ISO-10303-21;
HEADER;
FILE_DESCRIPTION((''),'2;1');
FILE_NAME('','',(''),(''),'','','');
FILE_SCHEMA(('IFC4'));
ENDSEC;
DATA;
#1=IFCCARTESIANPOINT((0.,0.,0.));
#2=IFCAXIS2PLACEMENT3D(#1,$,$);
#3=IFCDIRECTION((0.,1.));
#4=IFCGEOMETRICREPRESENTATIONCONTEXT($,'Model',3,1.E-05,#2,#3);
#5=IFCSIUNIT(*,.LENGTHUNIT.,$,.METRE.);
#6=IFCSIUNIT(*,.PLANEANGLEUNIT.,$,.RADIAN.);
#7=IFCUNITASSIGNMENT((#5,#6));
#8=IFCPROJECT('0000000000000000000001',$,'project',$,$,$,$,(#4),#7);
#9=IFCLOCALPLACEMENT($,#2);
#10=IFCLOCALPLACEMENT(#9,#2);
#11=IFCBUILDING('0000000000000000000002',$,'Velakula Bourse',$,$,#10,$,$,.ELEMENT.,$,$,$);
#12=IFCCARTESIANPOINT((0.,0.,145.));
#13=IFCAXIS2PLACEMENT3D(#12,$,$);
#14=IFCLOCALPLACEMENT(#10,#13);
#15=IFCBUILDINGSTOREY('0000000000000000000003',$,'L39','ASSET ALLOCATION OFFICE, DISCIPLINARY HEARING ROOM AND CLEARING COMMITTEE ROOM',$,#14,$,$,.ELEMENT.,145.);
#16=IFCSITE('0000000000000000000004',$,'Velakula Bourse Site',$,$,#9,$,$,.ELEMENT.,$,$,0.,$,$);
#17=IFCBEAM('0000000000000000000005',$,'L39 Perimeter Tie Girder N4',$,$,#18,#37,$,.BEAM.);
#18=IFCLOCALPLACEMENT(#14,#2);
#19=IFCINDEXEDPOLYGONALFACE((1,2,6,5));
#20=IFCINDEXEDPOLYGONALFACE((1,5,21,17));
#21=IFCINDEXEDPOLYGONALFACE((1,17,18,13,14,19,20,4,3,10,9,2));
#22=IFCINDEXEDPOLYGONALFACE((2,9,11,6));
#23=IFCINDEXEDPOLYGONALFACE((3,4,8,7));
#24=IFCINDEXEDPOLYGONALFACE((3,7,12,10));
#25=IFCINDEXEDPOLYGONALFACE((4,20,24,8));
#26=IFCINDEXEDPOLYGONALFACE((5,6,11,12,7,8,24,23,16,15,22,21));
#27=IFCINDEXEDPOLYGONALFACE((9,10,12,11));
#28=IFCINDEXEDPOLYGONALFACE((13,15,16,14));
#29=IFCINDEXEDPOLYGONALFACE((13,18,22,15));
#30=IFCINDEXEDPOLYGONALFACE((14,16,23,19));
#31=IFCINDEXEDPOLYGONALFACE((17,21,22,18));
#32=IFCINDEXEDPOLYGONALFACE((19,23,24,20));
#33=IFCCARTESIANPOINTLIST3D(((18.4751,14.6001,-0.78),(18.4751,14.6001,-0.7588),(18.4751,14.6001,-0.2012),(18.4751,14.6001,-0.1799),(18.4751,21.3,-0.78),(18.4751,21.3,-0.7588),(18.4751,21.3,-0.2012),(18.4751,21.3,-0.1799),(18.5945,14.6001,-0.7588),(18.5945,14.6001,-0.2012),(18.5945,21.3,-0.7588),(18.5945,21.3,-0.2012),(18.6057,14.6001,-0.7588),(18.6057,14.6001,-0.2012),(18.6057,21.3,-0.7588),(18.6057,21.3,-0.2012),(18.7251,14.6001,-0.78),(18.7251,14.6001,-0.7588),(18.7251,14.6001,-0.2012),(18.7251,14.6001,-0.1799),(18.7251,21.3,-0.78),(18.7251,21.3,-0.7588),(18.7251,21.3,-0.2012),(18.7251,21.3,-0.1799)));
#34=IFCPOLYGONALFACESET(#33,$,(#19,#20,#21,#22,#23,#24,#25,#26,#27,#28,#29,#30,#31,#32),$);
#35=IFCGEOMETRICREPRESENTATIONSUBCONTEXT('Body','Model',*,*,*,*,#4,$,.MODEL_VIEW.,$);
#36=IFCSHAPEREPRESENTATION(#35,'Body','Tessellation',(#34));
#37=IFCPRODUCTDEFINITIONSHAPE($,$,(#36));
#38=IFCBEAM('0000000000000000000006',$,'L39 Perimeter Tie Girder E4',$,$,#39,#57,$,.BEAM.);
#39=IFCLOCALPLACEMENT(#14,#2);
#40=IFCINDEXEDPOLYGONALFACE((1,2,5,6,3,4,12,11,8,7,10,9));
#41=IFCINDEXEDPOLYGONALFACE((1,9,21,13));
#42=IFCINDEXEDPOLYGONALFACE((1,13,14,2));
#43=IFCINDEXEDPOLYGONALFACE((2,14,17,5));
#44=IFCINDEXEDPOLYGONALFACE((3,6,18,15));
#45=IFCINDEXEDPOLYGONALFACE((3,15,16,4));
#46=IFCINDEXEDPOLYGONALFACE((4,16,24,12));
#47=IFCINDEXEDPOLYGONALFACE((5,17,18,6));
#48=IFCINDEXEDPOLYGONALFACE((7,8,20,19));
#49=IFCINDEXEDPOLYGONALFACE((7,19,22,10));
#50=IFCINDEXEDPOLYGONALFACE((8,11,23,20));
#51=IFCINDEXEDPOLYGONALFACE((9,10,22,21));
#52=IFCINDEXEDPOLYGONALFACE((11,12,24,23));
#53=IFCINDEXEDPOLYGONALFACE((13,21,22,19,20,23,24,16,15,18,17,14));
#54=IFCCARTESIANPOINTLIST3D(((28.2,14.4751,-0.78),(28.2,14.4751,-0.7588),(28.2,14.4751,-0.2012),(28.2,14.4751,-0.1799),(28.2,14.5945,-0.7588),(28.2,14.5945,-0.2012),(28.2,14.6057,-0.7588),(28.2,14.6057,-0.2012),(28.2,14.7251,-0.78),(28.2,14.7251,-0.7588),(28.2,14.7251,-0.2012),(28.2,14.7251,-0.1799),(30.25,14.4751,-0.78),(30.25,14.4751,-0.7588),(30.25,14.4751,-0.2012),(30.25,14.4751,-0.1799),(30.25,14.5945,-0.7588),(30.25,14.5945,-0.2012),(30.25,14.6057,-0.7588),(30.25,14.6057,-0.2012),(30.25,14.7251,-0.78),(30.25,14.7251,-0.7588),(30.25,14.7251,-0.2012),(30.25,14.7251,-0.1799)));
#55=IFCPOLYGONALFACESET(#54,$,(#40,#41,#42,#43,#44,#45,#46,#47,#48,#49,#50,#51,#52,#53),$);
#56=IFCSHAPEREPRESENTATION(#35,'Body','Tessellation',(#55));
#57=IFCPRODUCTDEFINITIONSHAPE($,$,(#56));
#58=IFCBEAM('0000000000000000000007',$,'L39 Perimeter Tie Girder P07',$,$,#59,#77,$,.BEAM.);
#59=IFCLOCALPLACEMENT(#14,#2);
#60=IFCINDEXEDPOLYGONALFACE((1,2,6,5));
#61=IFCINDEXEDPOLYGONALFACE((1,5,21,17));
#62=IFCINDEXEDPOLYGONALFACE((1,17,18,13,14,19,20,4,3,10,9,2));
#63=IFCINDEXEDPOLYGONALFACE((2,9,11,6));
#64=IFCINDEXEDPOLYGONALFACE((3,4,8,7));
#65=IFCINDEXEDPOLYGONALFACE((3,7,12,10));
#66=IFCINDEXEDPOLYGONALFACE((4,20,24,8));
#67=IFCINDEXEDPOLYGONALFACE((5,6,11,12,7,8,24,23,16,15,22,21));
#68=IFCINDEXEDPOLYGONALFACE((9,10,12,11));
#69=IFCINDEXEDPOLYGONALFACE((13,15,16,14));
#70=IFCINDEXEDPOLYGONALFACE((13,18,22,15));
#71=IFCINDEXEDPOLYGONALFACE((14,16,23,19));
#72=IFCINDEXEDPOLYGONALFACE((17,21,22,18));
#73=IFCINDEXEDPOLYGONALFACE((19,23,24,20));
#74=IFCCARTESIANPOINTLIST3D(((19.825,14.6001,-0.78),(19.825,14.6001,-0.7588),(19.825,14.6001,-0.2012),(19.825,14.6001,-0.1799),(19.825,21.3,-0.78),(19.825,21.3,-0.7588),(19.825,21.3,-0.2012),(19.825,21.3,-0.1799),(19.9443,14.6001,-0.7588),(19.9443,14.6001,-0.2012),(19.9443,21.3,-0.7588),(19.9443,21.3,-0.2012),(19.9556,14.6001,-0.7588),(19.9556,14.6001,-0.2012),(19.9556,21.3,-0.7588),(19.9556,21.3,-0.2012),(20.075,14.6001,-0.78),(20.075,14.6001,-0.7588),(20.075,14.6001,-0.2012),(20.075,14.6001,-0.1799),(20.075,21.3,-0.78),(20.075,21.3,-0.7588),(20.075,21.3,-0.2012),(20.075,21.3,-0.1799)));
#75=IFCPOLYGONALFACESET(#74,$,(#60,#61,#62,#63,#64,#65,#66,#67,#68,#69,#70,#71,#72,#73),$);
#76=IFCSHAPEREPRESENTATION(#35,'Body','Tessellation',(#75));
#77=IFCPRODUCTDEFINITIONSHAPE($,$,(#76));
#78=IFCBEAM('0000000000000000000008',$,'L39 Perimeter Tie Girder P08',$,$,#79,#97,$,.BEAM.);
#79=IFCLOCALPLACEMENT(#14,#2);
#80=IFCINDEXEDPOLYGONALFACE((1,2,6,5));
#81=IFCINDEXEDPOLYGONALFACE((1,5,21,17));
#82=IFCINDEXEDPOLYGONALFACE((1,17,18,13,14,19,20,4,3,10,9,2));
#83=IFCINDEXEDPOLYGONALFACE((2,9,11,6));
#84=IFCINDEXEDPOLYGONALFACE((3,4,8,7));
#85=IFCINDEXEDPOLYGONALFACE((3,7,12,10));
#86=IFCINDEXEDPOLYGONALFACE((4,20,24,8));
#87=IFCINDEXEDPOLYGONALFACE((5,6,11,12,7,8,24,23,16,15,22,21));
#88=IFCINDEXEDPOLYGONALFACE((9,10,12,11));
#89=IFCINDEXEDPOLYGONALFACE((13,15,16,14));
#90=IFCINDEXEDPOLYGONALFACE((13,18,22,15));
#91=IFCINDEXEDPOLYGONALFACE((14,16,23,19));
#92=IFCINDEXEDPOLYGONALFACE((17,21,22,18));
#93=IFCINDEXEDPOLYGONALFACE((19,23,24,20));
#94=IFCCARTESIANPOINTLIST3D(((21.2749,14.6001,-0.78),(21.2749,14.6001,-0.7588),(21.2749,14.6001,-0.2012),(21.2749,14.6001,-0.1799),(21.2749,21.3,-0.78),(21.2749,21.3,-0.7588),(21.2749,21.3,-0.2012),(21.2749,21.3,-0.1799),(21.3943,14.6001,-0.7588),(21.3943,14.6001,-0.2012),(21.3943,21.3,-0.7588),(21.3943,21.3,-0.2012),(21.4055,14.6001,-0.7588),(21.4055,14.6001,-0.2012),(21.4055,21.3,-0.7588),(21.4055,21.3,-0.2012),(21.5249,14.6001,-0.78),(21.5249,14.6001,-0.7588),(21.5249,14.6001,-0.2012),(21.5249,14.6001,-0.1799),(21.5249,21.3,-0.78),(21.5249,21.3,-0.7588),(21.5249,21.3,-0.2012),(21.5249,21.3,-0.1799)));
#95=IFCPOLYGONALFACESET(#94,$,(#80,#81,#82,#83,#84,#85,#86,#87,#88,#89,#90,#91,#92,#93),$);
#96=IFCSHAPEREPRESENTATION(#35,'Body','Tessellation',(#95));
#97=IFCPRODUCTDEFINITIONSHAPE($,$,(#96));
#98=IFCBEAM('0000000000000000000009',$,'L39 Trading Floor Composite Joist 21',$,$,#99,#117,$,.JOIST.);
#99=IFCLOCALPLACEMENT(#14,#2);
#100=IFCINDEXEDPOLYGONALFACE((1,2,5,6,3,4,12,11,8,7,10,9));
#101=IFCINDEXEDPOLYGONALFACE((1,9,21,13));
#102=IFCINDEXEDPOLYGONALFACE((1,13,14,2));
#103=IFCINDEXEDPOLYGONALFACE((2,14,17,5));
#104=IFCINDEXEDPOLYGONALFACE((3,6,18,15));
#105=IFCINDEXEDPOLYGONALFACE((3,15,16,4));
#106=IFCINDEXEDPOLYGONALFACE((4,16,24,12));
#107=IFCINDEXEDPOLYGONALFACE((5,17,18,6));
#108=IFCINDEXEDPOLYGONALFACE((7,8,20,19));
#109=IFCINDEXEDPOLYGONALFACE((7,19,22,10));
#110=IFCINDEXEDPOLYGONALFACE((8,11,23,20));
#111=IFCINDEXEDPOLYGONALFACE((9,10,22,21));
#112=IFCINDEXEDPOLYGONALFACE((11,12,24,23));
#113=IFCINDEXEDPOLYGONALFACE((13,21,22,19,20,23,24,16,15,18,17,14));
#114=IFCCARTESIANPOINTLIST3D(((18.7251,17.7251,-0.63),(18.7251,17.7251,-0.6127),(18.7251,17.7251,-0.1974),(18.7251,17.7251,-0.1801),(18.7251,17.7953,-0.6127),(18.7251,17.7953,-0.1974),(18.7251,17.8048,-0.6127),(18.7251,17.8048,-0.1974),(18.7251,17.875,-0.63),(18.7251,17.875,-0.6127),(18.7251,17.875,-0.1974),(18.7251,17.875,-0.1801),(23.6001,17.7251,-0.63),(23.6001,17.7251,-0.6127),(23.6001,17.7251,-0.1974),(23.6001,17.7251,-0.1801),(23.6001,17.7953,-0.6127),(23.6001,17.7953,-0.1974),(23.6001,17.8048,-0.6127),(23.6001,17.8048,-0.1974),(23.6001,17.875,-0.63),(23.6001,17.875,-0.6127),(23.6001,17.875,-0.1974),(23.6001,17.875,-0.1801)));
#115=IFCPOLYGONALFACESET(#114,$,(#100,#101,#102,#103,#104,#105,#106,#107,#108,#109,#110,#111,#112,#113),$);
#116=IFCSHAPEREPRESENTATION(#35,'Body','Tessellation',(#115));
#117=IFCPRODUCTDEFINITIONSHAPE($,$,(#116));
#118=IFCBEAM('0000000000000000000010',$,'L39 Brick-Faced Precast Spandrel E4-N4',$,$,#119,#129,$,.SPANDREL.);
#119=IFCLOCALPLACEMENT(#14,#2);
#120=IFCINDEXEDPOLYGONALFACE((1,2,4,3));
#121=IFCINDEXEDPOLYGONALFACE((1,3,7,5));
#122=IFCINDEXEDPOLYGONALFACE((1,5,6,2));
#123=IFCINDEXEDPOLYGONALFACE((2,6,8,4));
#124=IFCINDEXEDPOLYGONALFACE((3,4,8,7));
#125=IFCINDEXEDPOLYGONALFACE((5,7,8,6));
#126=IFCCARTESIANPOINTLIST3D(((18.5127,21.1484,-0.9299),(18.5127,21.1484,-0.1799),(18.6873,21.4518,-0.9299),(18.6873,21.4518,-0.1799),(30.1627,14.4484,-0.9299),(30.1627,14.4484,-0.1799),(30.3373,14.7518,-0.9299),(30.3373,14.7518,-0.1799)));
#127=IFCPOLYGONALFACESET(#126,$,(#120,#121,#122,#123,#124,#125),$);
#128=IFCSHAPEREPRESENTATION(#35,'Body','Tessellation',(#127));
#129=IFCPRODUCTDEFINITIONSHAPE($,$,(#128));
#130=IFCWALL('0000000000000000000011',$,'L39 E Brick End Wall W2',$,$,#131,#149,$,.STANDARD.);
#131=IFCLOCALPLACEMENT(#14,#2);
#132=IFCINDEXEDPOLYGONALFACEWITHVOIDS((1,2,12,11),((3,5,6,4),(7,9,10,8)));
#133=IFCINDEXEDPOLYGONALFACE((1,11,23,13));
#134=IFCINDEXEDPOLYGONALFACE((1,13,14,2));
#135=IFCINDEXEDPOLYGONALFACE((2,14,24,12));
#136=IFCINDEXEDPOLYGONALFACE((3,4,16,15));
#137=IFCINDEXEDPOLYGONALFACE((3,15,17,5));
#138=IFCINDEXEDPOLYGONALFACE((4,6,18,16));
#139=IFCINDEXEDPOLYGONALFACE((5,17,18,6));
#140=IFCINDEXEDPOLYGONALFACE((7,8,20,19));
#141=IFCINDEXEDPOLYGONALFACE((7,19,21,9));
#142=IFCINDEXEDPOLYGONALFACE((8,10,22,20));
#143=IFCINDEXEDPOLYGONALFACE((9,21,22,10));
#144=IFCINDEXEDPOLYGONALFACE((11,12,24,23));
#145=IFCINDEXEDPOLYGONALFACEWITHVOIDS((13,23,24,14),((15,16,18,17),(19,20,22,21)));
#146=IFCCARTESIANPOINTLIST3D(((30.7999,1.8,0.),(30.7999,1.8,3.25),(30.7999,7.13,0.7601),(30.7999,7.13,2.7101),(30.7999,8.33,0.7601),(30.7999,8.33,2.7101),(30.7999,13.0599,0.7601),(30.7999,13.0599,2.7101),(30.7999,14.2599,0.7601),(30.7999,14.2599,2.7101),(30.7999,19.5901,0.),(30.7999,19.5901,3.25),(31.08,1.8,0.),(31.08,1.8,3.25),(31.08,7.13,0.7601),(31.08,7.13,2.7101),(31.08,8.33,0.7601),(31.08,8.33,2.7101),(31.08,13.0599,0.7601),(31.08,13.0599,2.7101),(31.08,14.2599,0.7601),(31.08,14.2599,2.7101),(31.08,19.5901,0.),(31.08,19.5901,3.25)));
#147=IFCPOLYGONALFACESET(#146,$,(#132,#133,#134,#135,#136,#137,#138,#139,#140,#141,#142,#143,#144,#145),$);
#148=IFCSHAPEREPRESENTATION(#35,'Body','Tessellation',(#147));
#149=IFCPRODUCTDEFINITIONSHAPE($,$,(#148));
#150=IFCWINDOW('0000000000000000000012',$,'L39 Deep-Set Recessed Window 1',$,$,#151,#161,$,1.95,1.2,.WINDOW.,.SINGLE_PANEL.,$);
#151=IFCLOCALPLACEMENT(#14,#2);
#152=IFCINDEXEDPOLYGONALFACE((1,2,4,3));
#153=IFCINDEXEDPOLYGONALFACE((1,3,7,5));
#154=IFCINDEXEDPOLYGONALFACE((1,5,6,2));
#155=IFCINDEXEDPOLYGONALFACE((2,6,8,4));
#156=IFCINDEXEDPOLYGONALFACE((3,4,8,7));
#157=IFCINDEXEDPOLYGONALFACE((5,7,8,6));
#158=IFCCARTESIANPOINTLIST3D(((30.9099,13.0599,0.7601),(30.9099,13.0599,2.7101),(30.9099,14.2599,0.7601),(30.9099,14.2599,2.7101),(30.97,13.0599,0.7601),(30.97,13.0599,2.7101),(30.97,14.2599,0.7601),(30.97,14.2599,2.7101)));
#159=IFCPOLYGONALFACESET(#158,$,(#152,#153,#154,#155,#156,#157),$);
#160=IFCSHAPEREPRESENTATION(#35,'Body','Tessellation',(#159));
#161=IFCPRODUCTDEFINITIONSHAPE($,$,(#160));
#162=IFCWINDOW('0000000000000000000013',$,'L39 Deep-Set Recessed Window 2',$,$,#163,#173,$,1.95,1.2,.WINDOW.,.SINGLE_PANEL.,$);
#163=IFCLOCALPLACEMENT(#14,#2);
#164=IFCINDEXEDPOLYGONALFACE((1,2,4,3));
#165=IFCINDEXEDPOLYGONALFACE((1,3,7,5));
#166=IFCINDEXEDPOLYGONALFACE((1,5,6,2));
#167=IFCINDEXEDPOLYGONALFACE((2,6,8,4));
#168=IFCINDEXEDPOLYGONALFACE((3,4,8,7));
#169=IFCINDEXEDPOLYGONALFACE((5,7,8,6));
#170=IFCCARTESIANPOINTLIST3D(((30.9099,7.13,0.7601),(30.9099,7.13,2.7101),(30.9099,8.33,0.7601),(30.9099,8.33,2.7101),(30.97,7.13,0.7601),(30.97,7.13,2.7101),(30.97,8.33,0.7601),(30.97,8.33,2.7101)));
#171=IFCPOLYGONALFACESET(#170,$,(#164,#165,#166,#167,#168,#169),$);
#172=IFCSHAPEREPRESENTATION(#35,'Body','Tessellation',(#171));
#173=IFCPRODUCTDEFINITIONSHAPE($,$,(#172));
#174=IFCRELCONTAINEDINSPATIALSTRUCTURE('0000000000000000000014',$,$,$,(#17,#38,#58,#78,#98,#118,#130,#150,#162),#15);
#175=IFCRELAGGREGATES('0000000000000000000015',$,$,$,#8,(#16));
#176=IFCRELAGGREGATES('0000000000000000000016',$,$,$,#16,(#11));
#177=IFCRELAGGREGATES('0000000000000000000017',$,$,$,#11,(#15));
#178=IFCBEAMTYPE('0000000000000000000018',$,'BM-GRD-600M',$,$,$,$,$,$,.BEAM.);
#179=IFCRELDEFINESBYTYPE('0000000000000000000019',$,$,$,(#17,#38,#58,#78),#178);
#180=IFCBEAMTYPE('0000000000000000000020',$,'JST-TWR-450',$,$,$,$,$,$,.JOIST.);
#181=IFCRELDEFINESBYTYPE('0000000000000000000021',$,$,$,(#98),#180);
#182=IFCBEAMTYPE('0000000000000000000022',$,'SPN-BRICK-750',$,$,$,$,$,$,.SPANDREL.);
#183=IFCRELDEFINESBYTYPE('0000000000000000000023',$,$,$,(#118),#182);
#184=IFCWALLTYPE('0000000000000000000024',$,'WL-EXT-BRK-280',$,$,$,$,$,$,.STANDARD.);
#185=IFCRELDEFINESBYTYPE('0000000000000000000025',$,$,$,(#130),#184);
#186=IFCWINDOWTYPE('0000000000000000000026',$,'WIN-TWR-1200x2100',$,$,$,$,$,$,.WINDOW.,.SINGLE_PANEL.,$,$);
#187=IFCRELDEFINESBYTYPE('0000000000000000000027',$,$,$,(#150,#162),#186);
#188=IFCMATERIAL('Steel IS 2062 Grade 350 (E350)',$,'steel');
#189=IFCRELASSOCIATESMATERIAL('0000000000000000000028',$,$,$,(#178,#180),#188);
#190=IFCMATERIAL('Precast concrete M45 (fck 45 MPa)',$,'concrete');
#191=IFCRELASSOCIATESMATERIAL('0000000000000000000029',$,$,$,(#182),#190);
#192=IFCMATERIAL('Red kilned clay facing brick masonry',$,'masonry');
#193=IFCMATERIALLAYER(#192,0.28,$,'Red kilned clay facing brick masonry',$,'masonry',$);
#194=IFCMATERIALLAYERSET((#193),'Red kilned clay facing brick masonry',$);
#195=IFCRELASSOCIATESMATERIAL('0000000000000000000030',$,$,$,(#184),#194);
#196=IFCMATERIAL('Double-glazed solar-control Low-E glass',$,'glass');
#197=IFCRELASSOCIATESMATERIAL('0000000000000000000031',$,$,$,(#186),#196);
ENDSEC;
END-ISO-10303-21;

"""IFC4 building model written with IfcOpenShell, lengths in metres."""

from ifc_helpers import new_model, si_unit, direction, frame, frame_2d, origin, origin_2d, place, context, subcontext, project, spatial, rectangle, i_section, extrude, material, layer, layer_set, material_profile, profile_set, type_object, element, fill, save


model = new_model("IFC4")

# Units and contexts
model_context = context("Model", 3, precision=1e-05, world=origin(), true_north=direction((0.0, 1.0)))
body_context = subcontext(model_context, "Body", "Model", "MODEL_VIEW")
ifc_project = project(units=[si_unit("LENGTHUNIT", "METRE"), si_unit("PLANEANGLEUNIT", "RADIAN")], contexts=[model_context])

# Site, building, storey
site_placement = place(None, origin())
site = spatial("IfcSite", under=ifc_project, at=site_placement, Name="Velakula Bourse Site", CompositionType="ELEMENT", RefElevation=0.0)
building_placement = place(site_placement, origin())
building = spatial("IfcBuilding", under=site, at=building_placement, Name="Velakula Bourse", CompositionType="ELEMENT")
storey_placement = place(building_placement, frame((0.0, 0.0, 145.0)))
storey = spatial("IfcBuildingStorey", under=building, at=storey_placement, Name="L39", Description="ASSET ALLOCATION OFFICE, DISCIPLINARY HEARING ROOM AND CLEARING COMMITTEE ROOM", CompositionType="ELEMENT", Elevation=145.0)

# Shared definitions
ifc_material_1 = material(Name="Steel IS 2062 Grade 350 (E350)", Category="steel")
ifc_material_2 = material(Name="Precast concrete M45 (fck 45 MPa)", Category="concrete")

# Beams
ifc_material_profile_1 = material_profile(ifc_material_1, i_section(OverallWidth=0.25, OverallDepth=0.6001, WebThickness=0.0112, FlangeThickness=0.0212, at=origin_2d()), Name="Steel IS 2062 Grade 350 (E350)")
ifc_profile_set_1 = profile_set([ifc_material_profile_1], Name="Steel IS 2062 Grade 350 (E350)")
beam_type_1 = type_object("IfcBeamType", Name="BM-GRD-600M", PredefinedType="BEAM", material=ifc_profile_set_1)
beam_1_placement = place(storey_placement, frame((18.6001, 14.6001, -0.48), z_axis=(0.0, 1.0, 0.0), x_axis=(-1.0, 0.0, 0.0)))
element("IfcBeam", 1, at=beam_1_placement, inside=storey, type_object=beam_type_1, Name="L39 Perimeter Tie Girder N4", PredefinedType="BEAM", context=body_context, shape_type="SweptSolid", body=[
    extrude(i_section(OverallWidth=0.25, OverallDepth=0.6001, WebThickness=0.0112, FlangeThickness=0.0212, at=origin_2d()), origin(), (0.0, 0.0, 1.0), 6.7),
])
beam_2_placement = place(storey_placement, frame((28.2, 14.6001, -0.48), z_axis=(1.0, 0.0, 0.0), x_axis=(0.0, 1.0, 0.0)))
element("IfcBeam", 2, at=beam_2_placement, inside=storey, type_object=beam_type_1, Name="L39 Perimeter Tie Girder E4", PredefinedType="BEAM", context=body_context, shape_type="SweptSolid", body=[
    extrude(i_section(OverallWidth=0.25, OverallDepth=0.6001, WebThickness=0.0112, FlangeThickness=0.0212, at=origin_2d()), origin(), (0.0, 0.0, 1.0), 2.05),
])
for number, where, z_axis, x_axis, name in (
    (3, (19.95, 14.6001, -0.48), (0.0, 1.0, 0.0), (-1.0, 0.0, 0.0), "L39 Perimeter Tie Girder P07"),
    (4, (21.3999, 14.6001, -0.48), (0.0, 1.0, 0.0), (-1.0, 0.0, 0.0), "L39 Perimeter Tie Girder P08"),
):
    element("IfcBeam", number, at=place(storey_placement, frame(where, z_axis=z_axis, x_axis=x_axis)), inside=storey, type_object=beam_type_1, Name=name, PredefinedType="BEAM", context=body_context, shape_type="SweptSolid", body=[
        extrude(i_section(OverallWidth=0.25, OverallDepth=0.6001, WebThickness=0.0112, FlangeThickness=0.0212, at=origin_2d()), origin(), (0.0, 0.0, 1.0), 6.7),
    ])
ifc_material_profile_2 = material_profile(ifc_material_1, i_section(OverallWidth=0.1499, OverallDepth=0.45, WebThickness=0.0095, FlangeThickness=0.0173, at=origin_2d()), Name="Steel IS 2062 Grade 350 (E350)")
ifc_profile_set_2 = profile_set([ifc_material_profile_2], Name="Steel IS 2062 Grade 350 (E350)")
beam_type_2 = type_object("IfcBeamType", Name="JST-TWR-450", PredefinedType="JOIST", material=ifc_profile_set_2)
beam_3_placement = place(storey_placement, frame((18.7251, 17.8, -0.405), z_axis=(1.0, 0.0, 0.0), x_axis=(0.0, 1.0, 0.0)))
element("IfcBeam", 5, at=beam_3_placement, inside=storey, type_object=beam_type_2, Name="L39 Trading Floor Composite Joist 21", PredefinedType="JOIST", context=body_context, shape_type="SweptSolid", body=[
    extrude(i_section(OverallWidth=0.1499, OverallDepth=0.45, WebThickness=0.0095, FlangeThickness=0.0173, at=origin_2d()), origin(), (0.0, 0.0, 1.0), 4.875),
])
ifc_material_profile_3 = material_profile(ifc_material_2, rectangle(XDim=0.3501, YDim=0.75, at=origin_2d()), Name="Precast concrete M45 (fck 45 MPa)")
ifc_profile_set_3 = profile_set([ifc_material_profile_3], Name="Precast concrete M45 (fck 45 MPa)")
beam_type_3 = type_object("IfcBeamType", Name="SPN-BRICK-750", PredefinedType="SPANDREL", material=ifc_profile_set_3)
beam_4_placement = place(storey_placement, frame((30.25, 14.6001, -0.5549), z_axis=(-0.866866, 0.498541, 0.0), x_axis=(-0.498541, -0.866866, 0.0)))
element("IfcBeam", 6, at=beam_4_placement, inside=storey, type_object=beam_type_3, Name="L39 Brick-Faced Precast Spandrel E4-N4", PredefinedType="SPANDREL", context=body_context, shape_type="SweptSolid", body=[
    extrude(rectangle(XDim=0.3501, YDim=0.75, at=origin_2d()), origin(), (0.0, 0.0, 1.0), 13.4392),
])

# Wall, openings, windows
ifc_material_3 = material(Name="Red kilned clay facing brick masonry", Category="masonry")
ifc_layer = layer(ifc_material_3, 0.28, Name="Red kilned clay facing brick masonry", Category="masonry")
ifc_layer_set = layer_set([ifc_layer], Name="Red kilned clay facing brick masonry")
wall_type = type_object("IfcWallType", Name="WL-EXT-BRK-280", PredefinedType="STANDARD", material=ifc_layer_set)
wall_placement = place(storey_placement, frame((30.9399, 19.5901, 0.0), z_axis=(0.0, 0.0, 1.0), x_axis=(0.0, -1.0, 0.0)))
wall = element("IfcWall", 7, at=wall_placement, inside=storey, type_object=wall_type, Name="L39 E Brick End Wall W2", PredefinedType="STANDARD", context=body_context, shape_type="SweptSolid", body=[
    extrude(rectangle(XDim=17.79, YDim=0.28, at=frame_2d((8.895, 0.0))), origin(), (0.0, 0.0, 1.0), 3.25),
])
opening_1_placement = place(wall_placement, frame((5.3301, 0.0, 0.76)))
opening_1 = element("IfcOpeningElement", 8, at=opening_1_placement, cuts=wall, PredefinedType="OPENING", context=body_context, shape_type="SweptSolid", body=[
    extrude(rectangle(XDim=1.2, YDim=1.95, at=frame_2d((0.6001, 0.9751))), frame((0.0, 0.1499, 0.0), z_axis=(0.0, -1.0, 0.0), x_axis=(1.0, 0.0, 0.0)), (0.0, 0.0, 1.0), 0.3),
])
opening_2_placement = place(wall_placement, frame((11.26, 0.0, 0.76)))
opening_2 = element("IfcOpeningElement", 9, at=opening_2_placement, cuts=wall, PredefinedType="OPENING", context=body_context, shape_type="SweptSolid", body=[
    extrude(rectangle(XDim=1.2, YDim=1.95, at=frame_2d((0.6001, 0.9751))), frame((0.0, 0.1499, 0.0), z_axis=(0.0, -1.0, 0.0), x_axis=(1.0, 0.0, 0.0)), (0.0, 0.0, 1.0), 0.3),
])
ifc_material_4 = material(Name="Double-glazed solar-control Low-E glass", Category="glass")
window_type = type_object("IfcWindowType", Name="WIN-TWR-1200x2100", PartitioningType="SINGLE_PANEL", PredefinedType="WINDOW", material=ifc_material_4)
window_1_placement = place(opening_1_placement, origin())
window_1 = element("IfcWindow", 10, at=window_1_placement, inside=storey, type_object=window_type, Name="L39 Deep-Set Recessed Window 1", OverallHeight=1.95, OverallWidth=1.2, PartitioningType="SINGLE_PANEL", PredefinedType="WINDOW", context=body_context, shape_type="SweptSolid", body=[
    extrude(rectangle(XDim=1.2, YDim=1.95, at=frame_2d((0.6001, 0.9751))), frame((0.0, 0.03, 0.0), z_axis=(0.0, -1.0, 0.0), x_axis=(1.0, 0.0, 0.0)), (0.0, 0.0, 1.0), 0.0601),
])
fill(opening_1, window_1)
window_2_placement = place(opening_2_placement, origin())
window_2 = element("IfcWindow", 11, at=window_2_placement, inside=storey, type_object=window_type, Name="L39 Deep-Set Recessed Window 2", OverallHeight=1.95, OverallWidth=1.2, PartitioningType="SINGLE_PANEL", PredefinedType="WINDOW", context=body_context, shape_type="SweptSolid", body=[
    extrude(rectangle(XDim=1.2, YDim=1.95, at=frame_2d((0.6001, 0.9751))), frame((0.0, 0.03, 0.0), z_axis=(0.0, -1.0, 0.0), x_axis=(1.0, 0.0, 0.0)), (0.0, 0.0, 1.0), 0.0601),
])
fill(opening_2, window_2)

save(model, "model.ifc")
